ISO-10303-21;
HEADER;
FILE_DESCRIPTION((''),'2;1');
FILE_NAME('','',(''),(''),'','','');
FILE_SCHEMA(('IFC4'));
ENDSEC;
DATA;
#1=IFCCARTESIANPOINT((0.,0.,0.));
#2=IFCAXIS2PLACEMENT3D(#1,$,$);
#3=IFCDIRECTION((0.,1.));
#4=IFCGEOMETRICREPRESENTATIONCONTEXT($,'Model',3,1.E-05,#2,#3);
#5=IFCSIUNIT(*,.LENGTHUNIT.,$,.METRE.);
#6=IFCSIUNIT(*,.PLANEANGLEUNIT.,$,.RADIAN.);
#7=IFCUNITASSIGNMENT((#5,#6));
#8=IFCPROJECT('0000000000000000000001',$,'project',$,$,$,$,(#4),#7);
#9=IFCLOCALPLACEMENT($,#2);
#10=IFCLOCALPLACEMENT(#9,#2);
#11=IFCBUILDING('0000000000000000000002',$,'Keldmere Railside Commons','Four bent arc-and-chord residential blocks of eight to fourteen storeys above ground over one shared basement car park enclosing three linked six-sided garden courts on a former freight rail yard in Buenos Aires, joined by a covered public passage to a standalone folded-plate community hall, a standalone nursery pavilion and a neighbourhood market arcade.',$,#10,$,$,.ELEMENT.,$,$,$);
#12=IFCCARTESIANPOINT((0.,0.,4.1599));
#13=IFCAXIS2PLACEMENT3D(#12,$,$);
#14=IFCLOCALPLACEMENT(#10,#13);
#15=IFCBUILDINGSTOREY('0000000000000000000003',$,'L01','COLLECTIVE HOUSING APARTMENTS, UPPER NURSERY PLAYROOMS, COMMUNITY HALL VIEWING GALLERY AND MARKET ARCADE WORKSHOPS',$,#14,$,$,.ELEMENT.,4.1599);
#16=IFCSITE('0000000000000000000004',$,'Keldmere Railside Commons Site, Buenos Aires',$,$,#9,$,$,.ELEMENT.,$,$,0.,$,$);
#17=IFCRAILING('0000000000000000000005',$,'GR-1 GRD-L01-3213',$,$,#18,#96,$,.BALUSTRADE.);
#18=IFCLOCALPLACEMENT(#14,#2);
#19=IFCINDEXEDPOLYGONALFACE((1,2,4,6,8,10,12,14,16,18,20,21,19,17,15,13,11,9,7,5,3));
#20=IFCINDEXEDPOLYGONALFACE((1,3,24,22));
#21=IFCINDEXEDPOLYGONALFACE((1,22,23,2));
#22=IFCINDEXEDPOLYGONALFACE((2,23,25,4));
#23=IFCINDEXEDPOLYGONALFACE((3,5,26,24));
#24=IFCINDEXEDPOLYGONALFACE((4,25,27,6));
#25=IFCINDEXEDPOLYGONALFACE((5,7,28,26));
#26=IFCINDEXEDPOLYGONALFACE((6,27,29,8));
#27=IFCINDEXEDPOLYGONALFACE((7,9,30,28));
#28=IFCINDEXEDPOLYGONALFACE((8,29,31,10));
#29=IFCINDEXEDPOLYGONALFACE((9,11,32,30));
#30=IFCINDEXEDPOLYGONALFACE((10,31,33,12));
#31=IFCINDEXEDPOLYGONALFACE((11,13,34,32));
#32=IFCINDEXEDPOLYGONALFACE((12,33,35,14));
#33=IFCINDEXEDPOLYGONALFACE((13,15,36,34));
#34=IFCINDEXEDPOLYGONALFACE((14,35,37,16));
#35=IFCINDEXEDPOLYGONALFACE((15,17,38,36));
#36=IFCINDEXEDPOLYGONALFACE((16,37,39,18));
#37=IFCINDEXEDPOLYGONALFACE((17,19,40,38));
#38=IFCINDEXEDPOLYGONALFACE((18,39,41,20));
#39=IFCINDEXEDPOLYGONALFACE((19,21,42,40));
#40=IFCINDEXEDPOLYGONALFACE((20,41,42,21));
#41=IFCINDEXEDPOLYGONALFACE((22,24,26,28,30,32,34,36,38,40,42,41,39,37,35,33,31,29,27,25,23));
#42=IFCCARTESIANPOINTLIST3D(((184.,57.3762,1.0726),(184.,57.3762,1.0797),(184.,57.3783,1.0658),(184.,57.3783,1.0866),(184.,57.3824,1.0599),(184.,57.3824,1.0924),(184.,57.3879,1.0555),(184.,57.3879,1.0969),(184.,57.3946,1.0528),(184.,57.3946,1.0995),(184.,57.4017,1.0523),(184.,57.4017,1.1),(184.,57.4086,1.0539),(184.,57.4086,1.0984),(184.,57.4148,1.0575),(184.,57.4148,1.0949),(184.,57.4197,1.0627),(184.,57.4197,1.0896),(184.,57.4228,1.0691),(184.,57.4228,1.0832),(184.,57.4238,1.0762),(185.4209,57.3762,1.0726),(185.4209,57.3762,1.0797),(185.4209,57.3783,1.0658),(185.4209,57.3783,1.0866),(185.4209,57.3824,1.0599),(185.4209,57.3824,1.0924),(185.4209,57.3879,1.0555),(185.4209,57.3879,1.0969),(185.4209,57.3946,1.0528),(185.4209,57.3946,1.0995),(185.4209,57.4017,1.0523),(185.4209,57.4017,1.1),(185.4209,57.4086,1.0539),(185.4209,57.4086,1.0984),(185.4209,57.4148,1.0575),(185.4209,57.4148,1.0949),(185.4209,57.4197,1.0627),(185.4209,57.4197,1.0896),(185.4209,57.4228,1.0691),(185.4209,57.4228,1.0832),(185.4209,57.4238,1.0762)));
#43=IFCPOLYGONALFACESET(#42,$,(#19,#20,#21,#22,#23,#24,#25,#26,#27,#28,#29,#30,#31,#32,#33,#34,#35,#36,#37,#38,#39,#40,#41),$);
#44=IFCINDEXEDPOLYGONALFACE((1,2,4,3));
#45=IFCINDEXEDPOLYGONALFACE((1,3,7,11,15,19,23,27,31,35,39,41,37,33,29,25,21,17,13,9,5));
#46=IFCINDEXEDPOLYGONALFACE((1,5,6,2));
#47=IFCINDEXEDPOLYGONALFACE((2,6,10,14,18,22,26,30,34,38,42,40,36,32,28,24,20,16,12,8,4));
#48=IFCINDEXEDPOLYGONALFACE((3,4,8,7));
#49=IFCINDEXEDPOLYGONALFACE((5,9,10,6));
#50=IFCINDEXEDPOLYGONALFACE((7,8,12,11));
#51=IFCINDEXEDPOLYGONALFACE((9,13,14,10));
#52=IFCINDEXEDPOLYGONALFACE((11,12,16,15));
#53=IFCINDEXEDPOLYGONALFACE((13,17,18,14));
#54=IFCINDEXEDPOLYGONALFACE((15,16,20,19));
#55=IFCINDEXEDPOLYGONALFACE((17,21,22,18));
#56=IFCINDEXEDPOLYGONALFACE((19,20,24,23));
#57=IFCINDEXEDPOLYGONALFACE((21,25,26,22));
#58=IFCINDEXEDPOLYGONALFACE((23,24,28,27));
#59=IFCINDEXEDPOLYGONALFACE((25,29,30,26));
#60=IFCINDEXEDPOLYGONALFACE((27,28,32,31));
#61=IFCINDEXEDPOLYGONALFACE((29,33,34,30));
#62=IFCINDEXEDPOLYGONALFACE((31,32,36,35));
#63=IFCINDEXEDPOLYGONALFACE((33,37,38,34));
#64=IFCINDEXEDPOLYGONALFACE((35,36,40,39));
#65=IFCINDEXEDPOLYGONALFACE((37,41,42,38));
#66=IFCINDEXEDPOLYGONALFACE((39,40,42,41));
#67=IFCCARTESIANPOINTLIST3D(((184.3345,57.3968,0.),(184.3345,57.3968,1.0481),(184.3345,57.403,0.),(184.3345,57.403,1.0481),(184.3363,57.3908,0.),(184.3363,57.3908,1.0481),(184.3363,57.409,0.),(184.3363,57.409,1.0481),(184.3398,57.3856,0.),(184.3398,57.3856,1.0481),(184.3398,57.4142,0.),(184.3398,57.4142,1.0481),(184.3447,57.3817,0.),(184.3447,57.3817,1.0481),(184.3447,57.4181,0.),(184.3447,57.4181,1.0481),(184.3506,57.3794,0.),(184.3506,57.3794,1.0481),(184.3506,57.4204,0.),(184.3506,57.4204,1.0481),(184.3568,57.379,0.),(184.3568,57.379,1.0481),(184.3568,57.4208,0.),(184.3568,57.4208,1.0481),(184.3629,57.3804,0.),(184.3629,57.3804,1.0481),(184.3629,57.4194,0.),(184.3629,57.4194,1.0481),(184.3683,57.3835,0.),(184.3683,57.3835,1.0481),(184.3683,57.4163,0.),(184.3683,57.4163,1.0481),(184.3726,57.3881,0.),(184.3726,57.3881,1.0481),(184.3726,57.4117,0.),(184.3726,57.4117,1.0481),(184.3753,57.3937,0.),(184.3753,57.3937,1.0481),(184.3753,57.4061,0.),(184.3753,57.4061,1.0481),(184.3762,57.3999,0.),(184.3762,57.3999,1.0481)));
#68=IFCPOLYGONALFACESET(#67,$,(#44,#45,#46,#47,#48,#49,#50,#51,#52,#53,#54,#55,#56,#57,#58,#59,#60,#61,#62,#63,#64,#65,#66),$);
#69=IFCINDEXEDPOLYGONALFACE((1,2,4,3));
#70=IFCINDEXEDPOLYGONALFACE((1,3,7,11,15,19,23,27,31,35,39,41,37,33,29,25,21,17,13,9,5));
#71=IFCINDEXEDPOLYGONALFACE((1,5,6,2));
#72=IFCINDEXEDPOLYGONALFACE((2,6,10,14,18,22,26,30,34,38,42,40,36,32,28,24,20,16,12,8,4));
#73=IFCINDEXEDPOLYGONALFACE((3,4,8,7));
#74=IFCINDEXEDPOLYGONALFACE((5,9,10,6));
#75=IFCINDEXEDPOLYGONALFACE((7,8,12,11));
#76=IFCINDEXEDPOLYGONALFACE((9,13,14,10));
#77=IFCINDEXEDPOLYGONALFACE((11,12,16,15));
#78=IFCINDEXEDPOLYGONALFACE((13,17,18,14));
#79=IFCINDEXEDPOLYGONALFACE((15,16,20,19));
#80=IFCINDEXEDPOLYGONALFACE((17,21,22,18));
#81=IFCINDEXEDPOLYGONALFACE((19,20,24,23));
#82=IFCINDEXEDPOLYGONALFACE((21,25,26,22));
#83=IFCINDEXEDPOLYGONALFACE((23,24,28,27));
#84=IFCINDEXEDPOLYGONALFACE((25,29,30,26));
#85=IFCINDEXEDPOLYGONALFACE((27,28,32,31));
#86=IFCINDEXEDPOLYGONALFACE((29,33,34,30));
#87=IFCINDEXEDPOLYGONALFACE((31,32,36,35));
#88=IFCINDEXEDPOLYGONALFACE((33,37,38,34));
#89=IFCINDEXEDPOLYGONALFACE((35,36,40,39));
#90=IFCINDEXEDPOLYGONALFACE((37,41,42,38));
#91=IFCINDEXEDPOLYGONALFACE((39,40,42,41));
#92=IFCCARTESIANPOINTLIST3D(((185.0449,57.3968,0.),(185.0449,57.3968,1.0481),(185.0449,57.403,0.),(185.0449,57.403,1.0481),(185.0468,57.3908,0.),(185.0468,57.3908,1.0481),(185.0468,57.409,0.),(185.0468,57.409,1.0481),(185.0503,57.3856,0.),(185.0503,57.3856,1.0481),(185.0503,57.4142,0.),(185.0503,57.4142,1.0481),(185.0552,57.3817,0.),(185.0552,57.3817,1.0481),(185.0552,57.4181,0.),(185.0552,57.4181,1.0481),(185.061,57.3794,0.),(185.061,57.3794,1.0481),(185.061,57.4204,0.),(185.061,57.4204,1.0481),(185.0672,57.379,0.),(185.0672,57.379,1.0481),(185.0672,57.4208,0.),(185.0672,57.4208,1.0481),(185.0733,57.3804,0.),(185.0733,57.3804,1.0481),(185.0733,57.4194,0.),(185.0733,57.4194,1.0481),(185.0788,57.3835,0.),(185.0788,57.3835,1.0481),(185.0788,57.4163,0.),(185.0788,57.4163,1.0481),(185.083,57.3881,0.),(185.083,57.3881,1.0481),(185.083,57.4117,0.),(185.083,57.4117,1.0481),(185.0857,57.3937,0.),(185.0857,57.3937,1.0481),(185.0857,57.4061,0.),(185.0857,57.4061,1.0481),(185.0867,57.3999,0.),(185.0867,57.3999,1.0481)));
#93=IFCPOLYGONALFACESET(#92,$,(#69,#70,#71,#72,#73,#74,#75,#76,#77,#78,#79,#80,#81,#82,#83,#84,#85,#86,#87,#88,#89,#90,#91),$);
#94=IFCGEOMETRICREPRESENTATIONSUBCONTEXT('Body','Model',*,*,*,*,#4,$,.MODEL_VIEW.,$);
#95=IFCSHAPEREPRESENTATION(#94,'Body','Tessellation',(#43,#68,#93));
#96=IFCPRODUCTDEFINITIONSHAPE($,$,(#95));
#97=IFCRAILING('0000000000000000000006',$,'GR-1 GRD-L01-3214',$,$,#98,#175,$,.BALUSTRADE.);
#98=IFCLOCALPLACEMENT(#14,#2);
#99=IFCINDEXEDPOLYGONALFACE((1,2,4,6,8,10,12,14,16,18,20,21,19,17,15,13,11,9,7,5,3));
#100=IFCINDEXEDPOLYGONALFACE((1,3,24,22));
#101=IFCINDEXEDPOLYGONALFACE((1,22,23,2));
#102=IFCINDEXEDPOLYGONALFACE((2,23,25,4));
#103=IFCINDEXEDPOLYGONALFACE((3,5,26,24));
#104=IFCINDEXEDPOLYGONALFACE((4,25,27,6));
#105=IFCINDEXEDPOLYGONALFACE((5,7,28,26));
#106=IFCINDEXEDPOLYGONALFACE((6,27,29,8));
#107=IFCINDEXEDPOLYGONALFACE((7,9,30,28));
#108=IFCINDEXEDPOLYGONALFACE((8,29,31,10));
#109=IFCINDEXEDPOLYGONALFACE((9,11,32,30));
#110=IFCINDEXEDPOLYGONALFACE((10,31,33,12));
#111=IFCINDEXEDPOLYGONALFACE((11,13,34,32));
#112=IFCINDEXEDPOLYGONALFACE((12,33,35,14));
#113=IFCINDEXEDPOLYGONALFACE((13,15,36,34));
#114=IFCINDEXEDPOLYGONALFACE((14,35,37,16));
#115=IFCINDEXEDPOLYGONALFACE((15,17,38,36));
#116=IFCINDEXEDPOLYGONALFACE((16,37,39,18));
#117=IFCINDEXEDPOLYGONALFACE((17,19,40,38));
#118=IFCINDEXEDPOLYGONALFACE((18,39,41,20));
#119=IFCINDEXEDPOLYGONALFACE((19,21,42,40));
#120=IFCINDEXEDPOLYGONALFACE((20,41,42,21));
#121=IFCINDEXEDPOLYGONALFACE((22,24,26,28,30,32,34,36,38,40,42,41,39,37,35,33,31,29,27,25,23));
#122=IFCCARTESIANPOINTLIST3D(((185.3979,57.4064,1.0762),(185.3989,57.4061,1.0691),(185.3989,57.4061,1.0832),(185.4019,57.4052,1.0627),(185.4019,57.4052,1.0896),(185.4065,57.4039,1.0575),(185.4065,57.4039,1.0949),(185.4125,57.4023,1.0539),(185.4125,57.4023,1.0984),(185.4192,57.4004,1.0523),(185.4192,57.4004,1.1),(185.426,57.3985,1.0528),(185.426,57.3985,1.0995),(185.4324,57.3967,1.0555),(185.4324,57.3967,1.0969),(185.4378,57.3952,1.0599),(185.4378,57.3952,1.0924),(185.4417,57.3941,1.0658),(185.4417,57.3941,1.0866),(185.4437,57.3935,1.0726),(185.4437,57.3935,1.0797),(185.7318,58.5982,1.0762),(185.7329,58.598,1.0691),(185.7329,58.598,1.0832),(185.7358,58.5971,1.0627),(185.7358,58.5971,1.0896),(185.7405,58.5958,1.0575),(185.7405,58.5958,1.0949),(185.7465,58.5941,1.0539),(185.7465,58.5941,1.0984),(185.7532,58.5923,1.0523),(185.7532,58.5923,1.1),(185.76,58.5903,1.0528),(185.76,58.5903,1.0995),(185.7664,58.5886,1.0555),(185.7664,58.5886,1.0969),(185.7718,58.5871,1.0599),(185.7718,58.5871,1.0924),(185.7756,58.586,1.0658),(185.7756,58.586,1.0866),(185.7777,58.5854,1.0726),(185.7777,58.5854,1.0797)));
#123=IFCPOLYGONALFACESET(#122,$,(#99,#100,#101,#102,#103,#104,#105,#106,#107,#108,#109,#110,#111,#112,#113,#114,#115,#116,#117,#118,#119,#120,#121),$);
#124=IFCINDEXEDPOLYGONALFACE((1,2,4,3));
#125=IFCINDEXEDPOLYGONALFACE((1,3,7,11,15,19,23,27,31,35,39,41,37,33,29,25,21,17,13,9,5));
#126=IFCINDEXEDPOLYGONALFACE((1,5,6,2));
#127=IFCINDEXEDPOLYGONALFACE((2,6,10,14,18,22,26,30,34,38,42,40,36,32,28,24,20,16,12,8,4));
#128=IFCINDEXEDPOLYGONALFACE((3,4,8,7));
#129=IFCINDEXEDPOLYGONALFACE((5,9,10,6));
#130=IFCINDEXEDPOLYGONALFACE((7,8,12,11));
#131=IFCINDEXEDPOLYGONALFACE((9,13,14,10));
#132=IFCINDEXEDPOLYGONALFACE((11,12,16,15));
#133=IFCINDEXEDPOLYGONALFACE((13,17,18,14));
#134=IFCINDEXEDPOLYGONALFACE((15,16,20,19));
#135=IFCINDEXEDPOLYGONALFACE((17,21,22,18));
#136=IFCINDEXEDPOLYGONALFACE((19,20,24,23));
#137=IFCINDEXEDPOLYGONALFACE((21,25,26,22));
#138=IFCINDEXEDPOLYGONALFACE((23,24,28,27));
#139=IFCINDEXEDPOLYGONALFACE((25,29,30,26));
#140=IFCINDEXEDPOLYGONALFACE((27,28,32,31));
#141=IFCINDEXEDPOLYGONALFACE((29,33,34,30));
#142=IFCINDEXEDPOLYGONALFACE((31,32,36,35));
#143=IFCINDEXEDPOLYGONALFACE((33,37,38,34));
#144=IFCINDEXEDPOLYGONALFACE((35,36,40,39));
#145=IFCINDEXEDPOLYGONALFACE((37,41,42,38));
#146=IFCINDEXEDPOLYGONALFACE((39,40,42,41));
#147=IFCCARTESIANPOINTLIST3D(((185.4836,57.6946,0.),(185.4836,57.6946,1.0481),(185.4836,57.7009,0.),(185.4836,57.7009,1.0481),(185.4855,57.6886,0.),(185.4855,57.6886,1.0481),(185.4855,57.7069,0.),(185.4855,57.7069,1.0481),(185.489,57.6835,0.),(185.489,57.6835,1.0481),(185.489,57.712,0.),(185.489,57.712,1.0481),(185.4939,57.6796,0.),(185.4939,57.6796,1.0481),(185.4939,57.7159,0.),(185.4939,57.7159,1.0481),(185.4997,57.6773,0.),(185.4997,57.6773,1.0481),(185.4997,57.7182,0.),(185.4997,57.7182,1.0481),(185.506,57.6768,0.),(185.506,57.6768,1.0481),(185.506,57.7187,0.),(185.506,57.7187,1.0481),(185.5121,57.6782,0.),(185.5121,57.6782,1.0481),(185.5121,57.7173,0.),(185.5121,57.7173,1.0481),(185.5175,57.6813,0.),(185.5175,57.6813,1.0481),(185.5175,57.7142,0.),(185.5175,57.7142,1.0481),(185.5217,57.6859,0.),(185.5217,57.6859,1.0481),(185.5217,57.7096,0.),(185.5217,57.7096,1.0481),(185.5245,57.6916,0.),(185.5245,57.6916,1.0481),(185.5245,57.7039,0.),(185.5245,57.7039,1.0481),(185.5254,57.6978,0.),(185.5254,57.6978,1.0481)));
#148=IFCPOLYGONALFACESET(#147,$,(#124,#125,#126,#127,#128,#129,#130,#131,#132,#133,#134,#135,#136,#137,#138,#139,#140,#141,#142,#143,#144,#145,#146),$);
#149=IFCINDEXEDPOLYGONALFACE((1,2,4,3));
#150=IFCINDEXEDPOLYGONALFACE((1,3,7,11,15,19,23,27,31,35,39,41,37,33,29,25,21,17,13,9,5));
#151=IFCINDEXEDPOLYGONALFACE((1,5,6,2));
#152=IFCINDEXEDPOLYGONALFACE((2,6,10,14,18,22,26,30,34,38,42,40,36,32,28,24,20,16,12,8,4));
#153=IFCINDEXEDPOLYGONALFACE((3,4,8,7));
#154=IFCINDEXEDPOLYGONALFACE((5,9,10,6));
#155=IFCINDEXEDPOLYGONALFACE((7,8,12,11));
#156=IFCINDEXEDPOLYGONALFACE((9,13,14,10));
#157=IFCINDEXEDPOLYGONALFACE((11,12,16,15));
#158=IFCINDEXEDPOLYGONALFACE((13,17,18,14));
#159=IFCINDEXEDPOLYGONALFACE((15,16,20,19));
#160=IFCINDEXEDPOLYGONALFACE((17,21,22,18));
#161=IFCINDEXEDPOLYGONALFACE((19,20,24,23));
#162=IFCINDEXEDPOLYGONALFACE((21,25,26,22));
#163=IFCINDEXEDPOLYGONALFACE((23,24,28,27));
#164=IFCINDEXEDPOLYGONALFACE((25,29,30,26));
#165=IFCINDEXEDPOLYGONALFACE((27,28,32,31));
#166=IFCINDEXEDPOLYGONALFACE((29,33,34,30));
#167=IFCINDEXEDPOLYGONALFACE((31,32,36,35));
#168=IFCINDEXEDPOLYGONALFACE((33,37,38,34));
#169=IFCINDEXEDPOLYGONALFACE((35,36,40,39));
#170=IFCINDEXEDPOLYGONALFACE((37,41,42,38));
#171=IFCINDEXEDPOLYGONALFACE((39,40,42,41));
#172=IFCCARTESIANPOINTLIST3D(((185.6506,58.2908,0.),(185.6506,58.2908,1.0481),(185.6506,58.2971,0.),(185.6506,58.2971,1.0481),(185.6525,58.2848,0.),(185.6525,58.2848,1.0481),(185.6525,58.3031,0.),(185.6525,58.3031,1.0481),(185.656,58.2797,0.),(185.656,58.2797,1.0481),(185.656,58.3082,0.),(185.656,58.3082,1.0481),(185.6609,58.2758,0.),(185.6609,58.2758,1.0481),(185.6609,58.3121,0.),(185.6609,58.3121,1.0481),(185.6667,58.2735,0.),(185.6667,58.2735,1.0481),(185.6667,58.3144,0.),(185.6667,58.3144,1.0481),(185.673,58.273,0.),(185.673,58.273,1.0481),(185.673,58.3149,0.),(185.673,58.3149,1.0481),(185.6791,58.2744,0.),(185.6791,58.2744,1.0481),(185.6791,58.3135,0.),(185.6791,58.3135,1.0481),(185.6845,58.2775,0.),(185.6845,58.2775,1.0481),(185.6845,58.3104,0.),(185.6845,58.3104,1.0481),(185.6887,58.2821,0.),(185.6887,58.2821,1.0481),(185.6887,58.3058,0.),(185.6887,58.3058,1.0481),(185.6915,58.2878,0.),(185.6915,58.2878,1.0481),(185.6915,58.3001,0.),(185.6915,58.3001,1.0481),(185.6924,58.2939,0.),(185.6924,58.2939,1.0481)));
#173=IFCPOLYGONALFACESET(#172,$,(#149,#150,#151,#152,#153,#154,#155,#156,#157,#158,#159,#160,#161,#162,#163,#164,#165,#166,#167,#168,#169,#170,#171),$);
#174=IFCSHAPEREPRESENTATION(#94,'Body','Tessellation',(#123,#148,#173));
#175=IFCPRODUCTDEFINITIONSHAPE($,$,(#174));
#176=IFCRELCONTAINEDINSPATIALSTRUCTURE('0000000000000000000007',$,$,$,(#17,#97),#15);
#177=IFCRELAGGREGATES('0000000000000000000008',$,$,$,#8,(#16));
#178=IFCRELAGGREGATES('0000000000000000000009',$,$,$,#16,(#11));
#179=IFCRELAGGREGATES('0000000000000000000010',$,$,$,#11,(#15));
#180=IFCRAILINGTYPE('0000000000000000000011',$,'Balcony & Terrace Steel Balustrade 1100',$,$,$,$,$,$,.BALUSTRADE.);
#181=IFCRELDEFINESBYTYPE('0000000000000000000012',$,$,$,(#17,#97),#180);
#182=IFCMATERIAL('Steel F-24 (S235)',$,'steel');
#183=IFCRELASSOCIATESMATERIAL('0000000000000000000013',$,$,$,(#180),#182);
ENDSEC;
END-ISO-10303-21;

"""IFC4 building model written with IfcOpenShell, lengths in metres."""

from ifc_helpers import new_model, si_unit, direction, frame, origin, origin_2d, place, context, subcontext, project, spatial, circle, extrude, material, type_object, element, save


model = new_model("IFC4")

# Units and contexts
model_context = context("Model", 3, precision=1e-05, world=origin(), true_north=direction((0.0, 1.0)))
body_context = subcontext(model_context, "Body", "Model", "MODEL_VIEW")
ifc_project = project(units=[si_unit("LENGTHUNIT", "METRE"), si_unit("PLANEANGLEUNIT", "RADIAN")], contexts=[model_context])

# Site, building, storey
site_placement = place(None, origin())
site = spatial("IfcSite", under=ifc_project, at=site_placement, Name="Keldmere Railside Commons Site, Buenos Aires", CompositionType="ELEMENT", RefElevation=0.0)
building_placement = place(site_placement, origin())
building = spatial("IfcBuilding", under=site, at=building_placement, Name="Keldmere Railside Commons", Description="Four bent arc-and-chord residential blocks of eight to fourteen storeys above ground over one shared basement car park enclosing three linked six-sided garden courts on a former freight rail yard in Buenos Aires, joined by a covered public passage to a standalone folded-plate community hall, a standalone nursery pavilion and a neighbourhood market arcade.", CompositionType="ELEMENT")
storey_placement = place(building_placement, frame((0.0, 0.0, 4.1599)))
storey = spatial("IfcBuildingStorey", under=building, at=storey_placement, Name="L01", Description="COLLECTIVE HOUSING APARTMENTS, UPPER NURSERY PLAYROOMS, COMMUNITY HALL VIEWING GALLERY AND MARKET ARCADE WORKSHOPS", CompositionType="ELEMENT", Elevation=4.1599)

# Railings
ifc_material_1 = material(Name="Steel F-24 (S235)", Category="steel")
railing_type = type_object("IfcRailingType", Name="Balcony & Terrace Steel Balustrade 1100", PredefinedType="BALUSTRADE", material=ifc_material_1)
railing_1_placement = place(storey_placement, frame((184.0, 57.3999, 0.0)))
element("IfcRailing", 1, at=railing_1_placement, inside=storey, type_object=railing_type, Name="GR-1 GRD-L01-3213", PredefinedType="BALUSTRADE", context=body_context, shape_type="SweptSolid", body=[
    extrude(circle(Radius=0.0239, at=origin_2d()), frame((0.0, 0.0, 1.0762), z_axis=(1.0, 0.0, 0.0), x_axis=(0.0, 1.0, 0.0)), (0.0, 0.0, 1.0), 1.4209),
    extrude(circle(Radius=0.021, at=origin_2d()), frame((0.3552, 0.0, 0.0)), (0.0, 0.0, 1.0), 1.0481),
    extrude(circle(Radius=0.021, at=origin_2d()), frame((1.0657, 0.0, 0.0)), (0.0, 0.0, 1.0), 1.0481),
])
railing_2_placement = place(storey_placement, frame((185.4209, 57.3999, 0.0)))
element("IfcRailing", 2, at=railing_2_placement, inside=storey, type_object=railing_type, Name="GR-1 GRD-L01-3214", PredefinedType="BALUSTRADE", context=body_context, shape_type="SweptSolid", body=[
    extrude(circle(Radius=0.0239, at=origin_2d()), frame((0.0, 0.0, 1.0762), z_axis=(0.26982, 0.962911, 0.0), x_axis=(-0.962911, 0.26982, 0.0)), (0.0, 0.0, 1.0), 1.2378),
    extrude(circle(Radius=0.021, at=origin_2d()), frame((0.0835, 0.2979, 0.0)), (0.0, 0.0, 1.0), 1.0481),
    extrude(circle(Radius=0.021, at=origin_2d()), frame((0.2505, 0.894, 0.0)), (0.0, 0.0, 1.0), 1.0481),
])

save(model, "model.ifc")
